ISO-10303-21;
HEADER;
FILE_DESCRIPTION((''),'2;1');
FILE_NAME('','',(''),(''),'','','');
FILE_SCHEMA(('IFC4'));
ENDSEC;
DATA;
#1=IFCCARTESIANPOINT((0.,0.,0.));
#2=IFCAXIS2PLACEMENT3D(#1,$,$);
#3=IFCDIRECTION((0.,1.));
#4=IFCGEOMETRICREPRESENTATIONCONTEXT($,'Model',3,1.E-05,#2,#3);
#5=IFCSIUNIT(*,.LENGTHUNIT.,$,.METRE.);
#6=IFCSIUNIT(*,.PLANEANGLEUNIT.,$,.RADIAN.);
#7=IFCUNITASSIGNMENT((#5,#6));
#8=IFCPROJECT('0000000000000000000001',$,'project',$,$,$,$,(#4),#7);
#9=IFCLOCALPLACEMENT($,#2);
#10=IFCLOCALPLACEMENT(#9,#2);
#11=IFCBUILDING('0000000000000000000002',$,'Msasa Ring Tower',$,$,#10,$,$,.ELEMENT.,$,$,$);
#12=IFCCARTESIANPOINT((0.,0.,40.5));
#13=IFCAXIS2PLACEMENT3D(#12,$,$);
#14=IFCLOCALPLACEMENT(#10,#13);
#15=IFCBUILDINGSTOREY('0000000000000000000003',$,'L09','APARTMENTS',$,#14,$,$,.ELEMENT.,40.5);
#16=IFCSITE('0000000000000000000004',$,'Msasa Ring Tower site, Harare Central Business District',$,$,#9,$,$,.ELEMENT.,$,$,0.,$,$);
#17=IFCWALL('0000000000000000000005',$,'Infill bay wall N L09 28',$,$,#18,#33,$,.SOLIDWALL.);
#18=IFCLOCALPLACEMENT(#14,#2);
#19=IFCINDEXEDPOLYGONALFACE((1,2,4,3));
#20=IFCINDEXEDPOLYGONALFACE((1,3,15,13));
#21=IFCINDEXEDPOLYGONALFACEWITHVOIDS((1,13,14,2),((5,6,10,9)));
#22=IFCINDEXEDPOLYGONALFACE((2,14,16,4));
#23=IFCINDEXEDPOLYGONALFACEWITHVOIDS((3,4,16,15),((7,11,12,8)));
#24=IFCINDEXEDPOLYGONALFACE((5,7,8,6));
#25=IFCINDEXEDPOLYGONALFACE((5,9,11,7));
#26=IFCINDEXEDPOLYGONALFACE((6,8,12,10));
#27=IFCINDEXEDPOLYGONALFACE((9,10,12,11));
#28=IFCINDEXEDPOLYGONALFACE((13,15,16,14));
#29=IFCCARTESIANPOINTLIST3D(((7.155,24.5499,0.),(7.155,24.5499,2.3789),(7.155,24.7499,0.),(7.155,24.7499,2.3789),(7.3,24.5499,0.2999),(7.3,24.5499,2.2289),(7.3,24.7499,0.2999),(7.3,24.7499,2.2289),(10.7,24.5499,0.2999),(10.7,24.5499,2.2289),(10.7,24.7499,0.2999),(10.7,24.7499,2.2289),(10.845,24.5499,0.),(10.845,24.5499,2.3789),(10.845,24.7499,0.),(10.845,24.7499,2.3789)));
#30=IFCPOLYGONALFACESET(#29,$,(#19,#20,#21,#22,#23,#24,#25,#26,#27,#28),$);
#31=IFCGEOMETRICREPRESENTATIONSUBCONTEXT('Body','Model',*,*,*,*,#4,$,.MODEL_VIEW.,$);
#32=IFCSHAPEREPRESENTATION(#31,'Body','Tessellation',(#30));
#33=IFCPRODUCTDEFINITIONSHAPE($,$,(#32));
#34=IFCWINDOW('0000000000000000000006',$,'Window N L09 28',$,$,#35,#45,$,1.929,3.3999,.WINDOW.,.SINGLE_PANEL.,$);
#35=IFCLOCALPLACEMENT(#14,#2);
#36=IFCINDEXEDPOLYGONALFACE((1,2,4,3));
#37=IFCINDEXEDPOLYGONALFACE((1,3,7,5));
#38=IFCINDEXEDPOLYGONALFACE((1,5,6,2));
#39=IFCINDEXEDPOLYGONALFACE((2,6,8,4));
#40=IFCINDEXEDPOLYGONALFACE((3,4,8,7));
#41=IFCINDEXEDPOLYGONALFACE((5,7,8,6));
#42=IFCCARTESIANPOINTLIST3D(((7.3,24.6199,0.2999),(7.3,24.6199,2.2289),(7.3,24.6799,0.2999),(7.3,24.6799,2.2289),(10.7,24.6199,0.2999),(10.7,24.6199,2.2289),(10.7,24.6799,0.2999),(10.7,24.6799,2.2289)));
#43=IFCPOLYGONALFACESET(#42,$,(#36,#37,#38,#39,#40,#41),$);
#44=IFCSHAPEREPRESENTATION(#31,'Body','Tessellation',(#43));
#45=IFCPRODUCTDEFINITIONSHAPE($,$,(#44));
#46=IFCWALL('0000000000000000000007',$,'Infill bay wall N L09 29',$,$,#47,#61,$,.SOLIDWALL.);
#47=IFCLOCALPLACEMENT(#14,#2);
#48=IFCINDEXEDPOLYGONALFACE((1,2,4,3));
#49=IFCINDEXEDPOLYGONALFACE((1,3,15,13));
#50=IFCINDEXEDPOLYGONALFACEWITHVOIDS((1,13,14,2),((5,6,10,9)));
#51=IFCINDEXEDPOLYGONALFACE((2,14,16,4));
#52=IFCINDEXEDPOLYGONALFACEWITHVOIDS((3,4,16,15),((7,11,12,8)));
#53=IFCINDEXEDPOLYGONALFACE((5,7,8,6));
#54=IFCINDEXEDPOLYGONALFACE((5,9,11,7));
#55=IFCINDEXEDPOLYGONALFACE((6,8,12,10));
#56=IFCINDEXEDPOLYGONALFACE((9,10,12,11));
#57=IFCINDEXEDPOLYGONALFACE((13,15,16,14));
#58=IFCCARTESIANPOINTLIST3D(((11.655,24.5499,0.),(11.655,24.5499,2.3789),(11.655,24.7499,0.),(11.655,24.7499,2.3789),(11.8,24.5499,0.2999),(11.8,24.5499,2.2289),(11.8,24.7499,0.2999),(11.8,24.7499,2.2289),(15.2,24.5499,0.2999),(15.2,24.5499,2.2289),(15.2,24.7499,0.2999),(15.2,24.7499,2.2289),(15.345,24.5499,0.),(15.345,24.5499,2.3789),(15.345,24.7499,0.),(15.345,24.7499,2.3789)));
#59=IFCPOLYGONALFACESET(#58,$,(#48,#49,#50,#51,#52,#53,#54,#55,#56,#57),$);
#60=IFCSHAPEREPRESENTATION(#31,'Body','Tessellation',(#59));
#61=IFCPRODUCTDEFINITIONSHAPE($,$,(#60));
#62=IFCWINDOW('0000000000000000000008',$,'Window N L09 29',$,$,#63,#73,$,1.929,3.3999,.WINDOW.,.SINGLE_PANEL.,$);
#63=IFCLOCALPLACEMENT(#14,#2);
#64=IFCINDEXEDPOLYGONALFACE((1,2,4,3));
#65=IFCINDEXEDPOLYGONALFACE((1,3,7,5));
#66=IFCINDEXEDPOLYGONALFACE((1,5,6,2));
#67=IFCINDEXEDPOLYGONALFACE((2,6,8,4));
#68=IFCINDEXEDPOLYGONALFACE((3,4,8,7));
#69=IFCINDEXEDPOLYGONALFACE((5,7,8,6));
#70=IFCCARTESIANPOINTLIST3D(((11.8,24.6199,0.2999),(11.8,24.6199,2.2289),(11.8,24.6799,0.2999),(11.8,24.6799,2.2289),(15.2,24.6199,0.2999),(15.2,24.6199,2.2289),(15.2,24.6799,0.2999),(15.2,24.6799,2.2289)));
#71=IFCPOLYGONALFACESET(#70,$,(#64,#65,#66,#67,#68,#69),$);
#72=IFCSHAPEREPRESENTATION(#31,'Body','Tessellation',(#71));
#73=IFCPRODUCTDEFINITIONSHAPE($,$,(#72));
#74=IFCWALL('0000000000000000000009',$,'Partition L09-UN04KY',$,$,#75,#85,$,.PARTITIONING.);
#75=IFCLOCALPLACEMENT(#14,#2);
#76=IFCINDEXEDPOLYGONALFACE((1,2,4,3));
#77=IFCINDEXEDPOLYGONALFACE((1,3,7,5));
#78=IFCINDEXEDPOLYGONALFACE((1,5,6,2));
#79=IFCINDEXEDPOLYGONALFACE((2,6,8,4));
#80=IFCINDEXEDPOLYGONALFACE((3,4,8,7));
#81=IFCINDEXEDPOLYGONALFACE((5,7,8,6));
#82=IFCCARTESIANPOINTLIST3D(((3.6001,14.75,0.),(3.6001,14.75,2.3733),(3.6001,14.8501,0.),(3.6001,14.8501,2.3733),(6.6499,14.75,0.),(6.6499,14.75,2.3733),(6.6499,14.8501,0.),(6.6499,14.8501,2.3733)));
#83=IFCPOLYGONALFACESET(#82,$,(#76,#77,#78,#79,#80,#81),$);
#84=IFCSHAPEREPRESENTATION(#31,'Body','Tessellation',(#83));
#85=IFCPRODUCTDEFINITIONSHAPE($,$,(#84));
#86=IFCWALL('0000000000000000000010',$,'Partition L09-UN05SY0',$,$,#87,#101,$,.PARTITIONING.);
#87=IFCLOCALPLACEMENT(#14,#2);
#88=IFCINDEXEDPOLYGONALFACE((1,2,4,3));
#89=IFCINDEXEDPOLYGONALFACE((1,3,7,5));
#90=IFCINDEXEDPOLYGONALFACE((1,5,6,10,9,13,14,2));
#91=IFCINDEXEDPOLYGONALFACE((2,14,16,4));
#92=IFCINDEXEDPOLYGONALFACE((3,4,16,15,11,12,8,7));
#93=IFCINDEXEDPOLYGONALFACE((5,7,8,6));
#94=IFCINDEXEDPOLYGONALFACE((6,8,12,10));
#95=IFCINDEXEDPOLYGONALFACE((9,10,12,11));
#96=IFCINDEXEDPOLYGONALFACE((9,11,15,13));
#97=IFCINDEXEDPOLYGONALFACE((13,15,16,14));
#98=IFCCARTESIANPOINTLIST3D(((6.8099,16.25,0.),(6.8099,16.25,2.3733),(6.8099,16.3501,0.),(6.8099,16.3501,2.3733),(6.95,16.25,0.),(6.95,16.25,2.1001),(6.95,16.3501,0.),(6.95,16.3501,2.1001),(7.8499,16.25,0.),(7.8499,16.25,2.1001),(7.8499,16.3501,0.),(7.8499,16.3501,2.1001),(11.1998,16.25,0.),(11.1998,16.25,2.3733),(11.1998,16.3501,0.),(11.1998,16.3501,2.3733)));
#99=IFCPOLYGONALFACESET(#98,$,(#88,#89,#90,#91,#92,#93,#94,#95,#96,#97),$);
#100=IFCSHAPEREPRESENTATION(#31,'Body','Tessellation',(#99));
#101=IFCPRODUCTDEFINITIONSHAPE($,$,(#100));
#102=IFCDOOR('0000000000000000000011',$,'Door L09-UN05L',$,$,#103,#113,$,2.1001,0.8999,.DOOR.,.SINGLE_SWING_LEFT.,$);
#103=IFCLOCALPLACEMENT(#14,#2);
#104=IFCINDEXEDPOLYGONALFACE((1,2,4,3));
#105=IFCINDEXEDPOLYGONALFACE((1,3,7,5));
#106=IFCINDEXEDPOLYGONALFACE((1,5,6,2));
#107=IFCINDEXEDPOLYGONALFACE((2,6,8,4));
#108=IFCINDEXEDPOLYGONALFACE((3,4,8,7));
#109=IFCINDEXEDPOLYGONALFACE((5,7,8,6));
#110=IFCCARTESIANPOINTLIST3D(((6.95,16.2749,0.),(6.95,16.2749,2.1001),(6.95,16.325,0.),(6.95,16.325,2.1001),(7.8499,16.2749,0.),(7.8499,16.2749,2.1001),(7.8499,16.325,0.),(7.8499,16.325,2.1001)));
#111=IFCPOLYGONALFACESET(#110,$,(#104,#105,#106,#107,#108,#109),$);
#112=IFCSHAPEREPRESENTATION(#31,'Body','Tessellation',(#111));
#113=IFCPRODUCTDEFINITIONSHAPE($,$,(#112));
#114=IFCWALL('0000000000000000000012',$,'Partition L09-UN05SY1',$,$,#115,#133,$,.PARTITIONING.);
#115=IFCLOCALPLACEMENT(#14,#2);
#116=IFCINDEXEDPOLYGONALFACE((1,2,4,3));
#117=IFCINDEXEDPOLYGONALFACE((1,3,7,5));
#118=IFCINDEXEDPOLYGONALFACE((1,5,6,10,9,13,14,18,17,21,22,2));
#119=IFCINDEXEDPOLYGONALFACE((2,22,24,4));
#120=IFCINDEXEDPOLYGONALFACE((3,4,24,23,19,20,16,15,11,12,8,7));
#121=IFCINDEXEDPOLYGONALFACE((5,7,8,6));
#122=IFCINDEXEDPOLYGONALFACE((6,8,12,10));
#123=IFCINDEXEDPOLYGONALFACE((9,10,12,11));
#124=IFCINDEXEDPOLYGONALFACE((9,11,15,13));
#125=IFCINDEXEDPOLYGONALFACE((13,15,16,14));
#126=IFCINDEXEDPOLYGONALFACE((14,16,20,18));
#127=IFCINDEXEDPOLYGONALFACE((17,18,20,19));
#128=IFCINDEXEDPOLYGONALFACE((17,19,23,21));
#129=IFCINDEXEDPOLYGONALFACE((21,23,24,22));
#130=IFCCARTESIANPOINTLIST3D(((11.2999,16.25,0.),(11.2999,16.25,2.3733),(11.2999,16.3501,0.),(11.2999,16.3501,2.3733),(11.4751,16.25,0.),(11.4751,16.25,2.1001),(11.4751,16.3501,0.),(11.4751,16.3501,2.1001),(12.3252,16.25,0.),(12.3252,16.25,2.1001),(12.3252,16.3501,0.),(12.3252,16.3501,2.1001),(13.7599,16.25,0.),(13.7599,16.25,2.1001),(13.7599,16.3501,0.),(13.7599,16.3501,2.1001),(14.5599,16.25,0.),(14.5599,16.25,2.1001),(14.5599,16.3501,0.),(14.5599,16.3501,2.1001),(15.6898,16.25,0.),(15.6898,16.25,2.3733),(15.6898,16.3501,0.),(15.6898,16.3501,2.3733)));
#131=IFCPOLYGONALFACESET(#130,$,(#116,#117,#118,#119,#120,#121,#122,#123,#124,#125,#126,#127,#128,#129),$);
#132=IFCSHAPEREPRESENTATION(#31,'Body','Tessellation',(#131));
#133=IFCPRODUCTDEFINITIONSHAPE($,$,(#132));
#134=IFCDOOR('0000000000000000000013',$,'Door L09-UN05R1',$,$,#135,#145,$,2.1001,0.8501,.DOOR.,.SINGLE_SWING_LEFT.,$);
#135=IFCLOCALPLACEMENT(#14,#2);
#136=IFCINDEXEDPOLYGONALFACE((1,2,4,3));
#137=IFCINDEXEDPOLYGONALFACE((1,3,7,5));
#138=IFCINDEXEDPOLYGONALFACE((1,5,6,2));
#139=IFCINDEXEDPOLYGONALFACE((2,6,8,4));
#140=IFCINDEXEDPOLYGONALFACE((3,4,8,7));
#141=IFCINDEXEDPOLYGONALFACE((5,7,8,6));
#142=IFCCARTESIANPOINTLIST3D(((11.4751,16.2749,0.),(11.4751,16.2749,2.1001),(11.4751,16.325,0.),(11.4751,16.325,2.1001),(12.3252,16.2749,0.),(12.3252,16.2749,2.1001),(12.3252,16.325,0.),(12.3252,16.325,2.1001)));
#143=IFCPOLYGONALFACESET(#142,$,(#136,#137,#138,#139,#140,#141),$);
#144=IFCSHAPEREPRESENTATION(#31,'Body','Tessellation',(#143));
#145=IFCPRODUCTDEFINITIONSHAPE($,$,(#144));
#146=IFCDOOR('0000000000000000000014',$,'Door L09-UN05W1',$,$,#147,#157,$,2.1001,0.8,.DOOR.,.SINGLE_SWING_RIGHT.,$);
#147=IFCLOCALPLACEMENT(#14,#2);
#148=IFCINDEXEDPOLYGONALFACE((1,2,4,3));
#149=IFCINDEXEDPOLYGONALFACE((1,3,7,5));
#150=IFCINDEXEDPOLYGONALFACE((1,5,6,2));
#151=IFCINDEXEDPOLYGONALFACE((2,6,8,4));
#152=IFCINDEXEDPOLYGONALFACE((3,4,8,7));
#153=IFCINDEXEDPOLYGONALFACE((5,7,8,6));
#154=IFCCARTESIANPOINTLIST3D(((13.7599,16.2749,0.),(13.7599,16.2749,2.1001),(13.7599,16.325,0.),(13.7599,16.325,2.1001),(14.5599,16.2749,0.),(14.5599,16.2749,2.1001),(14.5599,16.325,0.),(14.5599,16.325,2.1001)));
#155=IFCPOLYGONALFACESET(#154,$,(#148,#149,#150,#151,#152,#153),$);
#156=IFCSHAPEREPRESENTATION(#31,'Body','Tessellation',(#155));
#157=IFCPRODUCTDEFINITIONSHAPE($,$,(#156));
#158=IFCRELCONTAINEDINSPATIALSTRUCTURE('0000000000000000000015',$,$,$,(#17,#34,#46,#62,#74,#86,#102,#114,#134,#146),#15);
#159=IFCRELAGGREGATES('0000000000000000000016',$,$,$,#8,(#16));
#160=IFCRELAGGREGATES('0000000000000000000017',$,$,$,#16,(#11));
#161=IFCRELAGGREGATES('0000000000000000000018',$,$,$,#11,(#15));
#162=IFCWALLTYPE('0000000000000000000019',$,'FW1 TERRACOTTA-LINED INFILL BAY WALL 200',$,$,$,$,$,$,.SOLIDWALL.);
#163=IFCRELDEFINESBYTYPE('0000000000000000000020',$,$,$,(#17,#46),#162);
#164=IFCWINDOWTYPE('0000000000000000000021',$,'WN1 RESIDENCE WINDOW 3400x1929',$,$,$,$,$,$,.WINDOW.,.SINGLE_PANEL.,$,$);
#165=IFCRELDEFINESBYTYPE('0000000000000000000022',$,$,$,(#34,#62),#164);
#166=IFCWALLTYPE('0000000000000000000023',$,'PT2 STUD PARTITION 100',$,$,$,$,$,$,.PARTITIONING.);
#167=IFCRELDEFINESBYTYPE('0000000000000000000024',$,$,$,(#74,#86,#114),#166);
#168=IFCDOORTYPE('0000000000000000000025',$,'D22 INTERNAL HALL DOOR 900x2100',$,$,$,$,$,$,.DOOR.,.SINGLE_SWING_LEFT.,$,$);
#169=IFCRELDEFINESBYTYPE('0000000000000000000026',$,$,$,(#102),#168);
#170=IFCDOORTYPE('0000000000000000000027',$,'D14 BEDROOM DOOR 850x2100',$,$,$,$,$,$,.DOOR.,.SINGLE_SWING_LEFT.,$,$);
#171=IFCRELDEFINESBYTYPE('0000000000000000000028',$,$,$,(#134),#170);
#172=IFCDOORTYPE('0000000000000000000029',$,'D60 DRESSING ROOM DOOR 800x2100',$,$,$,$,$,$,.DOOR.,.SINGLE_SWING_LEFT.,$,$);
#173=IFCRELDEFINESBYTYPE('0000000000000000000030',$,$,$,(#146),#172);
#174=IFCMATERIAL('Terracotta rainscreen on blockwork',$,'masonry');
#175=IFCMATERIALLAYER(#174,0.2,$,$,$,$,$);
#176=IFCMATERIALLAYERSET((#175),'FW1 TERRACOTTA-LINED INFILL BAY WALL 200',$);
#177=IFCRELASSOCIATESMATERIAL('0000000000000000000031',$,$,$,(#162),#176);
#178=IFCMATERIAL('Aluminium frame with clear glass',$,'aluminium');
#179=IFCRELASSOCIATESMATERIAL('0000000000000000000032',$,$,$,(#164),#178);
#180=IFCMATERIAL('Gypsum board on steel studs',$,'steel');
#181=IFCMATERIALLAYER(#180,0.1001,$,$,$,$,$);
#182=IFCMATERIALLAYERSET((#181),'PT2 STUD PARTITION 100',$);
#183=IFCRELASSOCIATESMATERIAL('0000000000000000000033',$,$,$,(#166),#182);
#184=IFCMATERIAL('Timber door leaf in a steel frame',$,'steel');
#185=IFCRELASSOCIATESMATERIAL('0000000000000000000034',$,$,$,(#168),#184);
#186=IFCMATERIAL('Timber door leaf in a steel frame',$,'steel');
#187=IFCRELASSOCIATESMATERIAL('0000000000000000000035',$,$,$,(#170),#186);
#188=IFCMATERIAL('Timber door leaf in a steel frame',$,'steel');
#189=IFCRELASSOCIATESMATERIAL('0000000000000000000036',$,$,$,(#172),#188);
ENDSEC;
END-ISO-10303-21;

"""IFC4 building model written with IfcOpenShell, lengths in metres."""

from ifc_helpers import new_model, si_unit, direction, frame, frame_2d, origin, place, context, subcontext, project, spatial, rectangle, extrude, material, layer, layer_set, type_object, element, fill, save


model = new_model("IFC4")

# Units and contexts
model_context = context("Model", 3, precision=1e-05, world=origin(), true_north=direction((0.0, 1.0)))
body_context = subcontext(model_context, "Body", "Model", "MODEL_VIEW")
ifc_project = project(units=[si_unit("LENGTHUNIT", "METRE"), si_unit("PLANEANGLEUNIT", "RADIAN")], contexts=[model_context])

# Site, building, storey
site_placement = place(None, origin())
site = spatial("IfcSite", under=ifc_project, at=site_placement, Name="Msasa Ring Tower site, Harare Central Business District", CompositionType="ELEMENT", RefElevation=0.0)
building_placement = place(site_placement, origin())
building = spatial("IfcBuilding", under=site, at=building_placement, Name="Msasa Ring Tower", CompositionType="ELEMENT")
storey_placement = place(building_placement, frame((0.0, 0.0, 40.5)))
storey = spatial("IfcBuildingStorey", under=building, at=storey_placement, Name="L09", Description="APARTMENTS", CompositionType="ELEMENT", Elevation=40.5)

# Walls, openings, windows
ifc_material_1 = material(Name="Terracotta rainscreen on blockwork", Category="masonry")
ifc_layer_1 = layer(ifc_material_1, 0.2)
ifc_layer_set_1 = layer_set([ifc_layer_1], Name="FW1 TERRACOTTA-LINED INFILL BAY WALL 200")
wall_type_1 = type_object("IfcWallType", Name="FW1 TERRACOTTA-LINED INFILL BAY WALL 200", PredefinedType="SOLIDWALL", material=ifc_layer_set_1)
ifc_material_2 = material(Name="Aluminium frame with clear glass", Category="aluminium")
window_type = type_object("IfcWindowType", Name="WN1 RESIDENCE WINDOW 3400x1929", PartitioningType="SINGLE_PANEL", PredefinedType="WINDOW", material=ifc_material_2)
wall_1_placement = place(storey_placement, frame((7.155, 24.6499, 0.0), z_axis=(0.0, 0.0, 1.0), x_axis=(1.0, 0.0, 0.0)))
wall_1 = element("IfcWall", 1, at=wall_1_placement, inside=storey, type_object=wall_type_1, Name="Infill bay wall N L09 28", PredefinedType="SOLIDWALL", context=body_context, shape_type="SweptSolid", body=[
    extrude(rectangle(XDim=3.6899, YDim=0.2, at=frame_2d((1.845, 0.0))), origin(), (0.0, 0.0, 1.0), 2.3789),
])
opening_1_placement = place(wall_1_placement, frame((0.145, 0.0, 0.3)))
opening_1 = element("IfcOpeningElement", 2, at=opening_1_placement, cuts=wall_1, PredefinedType="OPENING", context=body_context, shape_type="SweptSolid", body=[
    extrude(rectangle(XDim=3.3999, YDim=1.929, at=frame_2d((1.7, 0.9644))), frame((0.0, 0.1099, 0.0), z_axis=(0.0, -1.0, 0.0), x_axis=(1.0, 0.0, 0.0)), (0.0, 0.0, 1.0), 0.22),
])
window_1_placement = place(opening_1_placement, origin())
window_1 = element("IfcWindow", 3, at=window_1_placement, inside=storey, type_object=window_type, Name="Window N L09 28", OverallHeight=1.929, OverallWidth=3.3999, PartitioningType="SINGLE_PANEL", PredefinedType="WINDOW", context=body_context, shape_type="SweptSolid", body=[
    extrude(rectangle(XDim=3.3999, YDim=1.929, at=frame_2d((1.7, 0.9644))), frame((0.0, 0.03, 0.0), z_axis=(0.0, -1.0, 0.0), x_axis=(1.0, 0.0, 0.0)), (0.0, 0.0, 1.0), 0.0601),
])
fill(opening_1, window_1)
wall_2_placement = place(storey_placement, frame((11.655, 24.6499, 0.0), z_axis=(0.0, 0.0, 1.0), x_axis=(1.0, 0.0, 0.0)))
wall_2 = element("IfcWall", 4, at=wall_2_placement, inside=storey, type_object=wall_type_1, Name="Infill bay wall N L09 29", PredefinedType="SOLIDWALL", context=body_context, shape_type="SweptSolid", body=[
    extrude(rectangle(XDim=3.6899, YDim=0.2, at=frame_2d((1.845, 0.0))), origin(), (0.0, 0.0, 1.0), 2.3789),
])
opening_2_placement = place(wall_2_placement, frame((0.145, 0.0, 0.3)))
opening_2 = element("IfcOpeningElement", 5, at=opening_2_placement, cuts=wall_2, PredefinedType="OPENING", context=body_context, shape_type="SweptSolid", body=[
    extrude(rectangle(XDim=3.3999, YDim=1.929, at=frame_2d((1.7, 0.9644))), frame((0.0, 0.1099, 0.0), z_axis=(0.0, -1.0, 0.0), x_axis=(1.0, 0.0, 0.0)), (0.0, 0.0, 1.0), 0.22),
])
window_2_placement = place(opening_2_placement, origin())
window_2 = element("IfcWindow", 6, at=window_2_placement, inside=storey, type_object=window_type, Name="Window N L09 29", OverallHeight=1.929, OverallWidth=3.3999, PartitioningType="SINGLE_PANEL", PredefinedType="WINDOW", context=body_context, shape_type="SweptSolid", body=[
    extrude(rectangle(XDim=3.3999, YDim=1.929, at=frame_2d((1.7, 0.9644))), frame((0.0, 0.03, 0.0), z_axis=(0.0, -1.0, 0.0), x_axis=(1.0, 0.0, 0.0)), (0.0, 0.0, 1.0), 0.0601),
])
fill(opening_2, window_2)

# Wall
ifc_material_3 = material(Name="Gypsum board on steel studs", Category="steel")
ifc_layer_2 = layer(ifc_material_3, 0.1001)
ifc_layer_set_2 = layer_set([ifc_layer_2], Name="PT2 STUD PARTITION 100")
wall_type_2 = type_object("IfcWallType", Name="PT2 STUD PARTITION 100", PredefinedType="PARTITIONING", material=ifc_layer_set_2)
wall_3_placement = place(storey_placement, frame((3.6001, 14.8, 0.0), z_axis=(0.0, 0.0, 1.0), x_axis=(1.0, 0.0, 0.0)))
element("IfcWall", 7, at=wall_3_placement, inside=storey, type_object=wall_type_2, Name="Partition L09-UN04KY", PredefinedType="PARTITIONING", context=body_context, shape_type="SweptSolid", body=[
    extrude(rectangle(XDim=3.0498, YDim=0.1001, at=frame_2d((1.5249, 0.0))), origin(), (0.0, 0.0, 1.0), 2.3733),
])

# Wall, opening, door
wall_4_placement = place(storey_placement, frame((6.8101, 16.3, 0.0), z_axis=(0.0, 0.0, 1.0), x_axis=(1.0, 0.0, 0.0)))
wall_4 = element("IfcWall", 8, at=wall_4_placement, inside=storey, type_object=wall_type_2, Name="Partition L09-UN05SY0", PredefinedType="PARTITIONING", context=body_context, shape_type="SweptSolid", body=[
    extrude(rectangle(XDim=4.3899, YDim=0.1001, at=frame_2d((2.1948, 0.0))), origin(), (0.0, 0.0, 1.0), 2.3733),
])
opening_3_placement = place(wall_4_placement, frame((0.1399, 0.0, 0.0)))
opening_3 = element("IfcOpeningElement", 9, at=opening_3_placement, cuts=wall_4, PredefinedType="OPENING", context=body_context, shape_type="SweptSolid", body=[
    extrude(rectangle(XDim=0.8999, YDim=2.1001, at=frame_2d((0.45, 1.05))), frame((0.0, 0.0601, 0.0), z_axis=(0.0, -1.0, 0.0), x_axis=(1.0, 0.0, 0.0)), (0.0, 0.0, 1.0), 0.1201),
])
ifc_material_4 = material(Name="Timber door leaf in a steel frame", Category="steel")
door_type_1 = type_object("IfcDoorType", Name="D22 INTERNAL HALL DOOR 900x2100", OperationType="SINGLE_SWING_LEFT", PredefinedType="DOOR", material=ifc_material_4)
door_1_placement = place(opening_3_placement, origin())
door_1 = element("IfcDoor", 10, at=door_1_placement, inside=storey, type_object=door_type_1, Name="Door L09-UN05L", OperationType="SINGLE_SWING_LEFT", OverallHeight=2.1001, OverallWidth=0.8999, PredefinedType="DOOR", context=body_context, shape_type="SweptSolid", body=[
    extrude(rectangle(XDim=0.8999, YDim=2.1001, at=frame_2d((0.45, 1.05))), frame((0.0, 0.0249, 0.0), z_axis=(0.0, -1.0, 0.0), x_axis=(1.0, 0.0, 0.0)), (0.0, 0.0, 1.0), 0.05),
])
fill(opening_3, door_1)

# Wall, openings, doors
wall_5_placement = place(storey_placement, frame((11.3, 16.3, 0.0), z_axis=(0.0, 0.0, 1.0), x_axis=(1.0, 0.0, 0.0)))
wall_5 = element("IfcWall", 11, at=wall_5_placement, inside=storey, type_object=wall_type_2, Name="Partition L09-UN05SY1", PredefinedType="PARTITIONING", context=body_context, shape_type="SweptSolid", body=[
    extrude(rectangle(XDim=4.3899, YDim=0.1001, at=frame_2d((2.1948, 0.0))), origin(), (0.0, 0.0, 1.0), 2.3733),
])
opening_4_placement = place(wall_5_placement, frame((0.175, 0.0, 0.0)))
opening_4 = element("IfcOpeningElement", 12, at=opening_4_placement, cuts=wall_5, PredefinedType="OPENING", context=body_context, shape_type="SweptSolid", body=[
    extrude(rectangle(XDim=0.8501, YDim=2.1001, at=frame_2d((0.425, 1.05))), frame((0.0, 0.0601, 0.0), z_axis=(0.0, -1.0, 0.0), x_axis=(1.0, 0.0, 0.0)), (0.0, 0.0, 1.0), 0.1201),
])
opening_5_placement = place(wall_5_placement, frame((2.46, 0.0, 0.0)))
opening_5 = element("IfcOpeningElement", 13, at=opening_5_placement, cuts=wall_5, PredefinedType="OPENING", context=body_context, shape_type="SweptSolid", body=[
    extrude(rectangle(XDim=0.8, YDim=2.1001, at=frame_2d((0.3999, 1.05))), frame((0.0, 0.0601, 0.0), z_axis=(0.0, -1.0, 0.0), x_axis=(1.0, 0.0, 0.0)), (0.0, 0.0, 1.0), 0.1201),
])
ifc_material_5 = material(Name="Timber door leaf in a steel frame", Category="steel")
door_type_2 = type_object("IfcDoorType", Name="D14 BEDROOM DOOR 850x2100", OperationType="SINGLE_SWING_LEFT", PredefinedType="DOOR", material=ifc_material_5)
door_2_placement = place(opening_4_placement, origin())
door_2 = element("IfcDoor", 14, at=door_2_placement, inside=storey, type_object=door_type_2, Name="Door L09-UN05R1", OperationType="SINGLE_SWING_LEFT", OverallHeight=2.1001, OverallWidth=0.8501, PredefinedType="DOOR", context=body_context, shape_type="SweptSolid", body=[
    extrude(rectangle(XDim=0.8501, YDim=2.1001, at=frame_2d((0.425, 1.05))), frame((0.0, 0.0249, 0.0), z_axis=(0.0, -1.0, 0.0), x_axis=(1.0, 0.0, 0.0)), (0.0, 0.0, 1.0), 0.05),
])
fill(opening_4, door_2)
ifc_material_6 = material(Name="Timber door leaf in a steel frame", Category="steel")
door_type_3 = type_object("IfcDoorType", Name="D60 DRESSING ROOM DOOR 800x2100", OperationType="SINGLE_SWING_LEFT", PredefinedType="DOOR", material=ifc_material_6)
door_3_placement = place(opening_5_placement, origin())
door_3 = element("IfcDoor", 15, at=door_3_placement, inside=storey, type_object=door_type_3, Name="Door L09-UN05W1", OperationType="SINGLE_SWING_RIGHT", OverallHeight=2.1001, OverallWidth=0.8, PredefinedType="DOOR", context=body_context, shape_type="SweptSolid", body=[
    extrude(rectangle(XDim=0.8, YDim=2.1001, at=frame_2d((0.3999, 1.05))), frame((0.0, 0.0249, 0.0), z_axis=(0.0, -1.0, 0.0), x_axis=(1.0, 0.0, 0.0)), (0.0, 0.0, 1.0), 0.05),
])
fill(opening_5, door_3)

save(model, "model.ifc")
